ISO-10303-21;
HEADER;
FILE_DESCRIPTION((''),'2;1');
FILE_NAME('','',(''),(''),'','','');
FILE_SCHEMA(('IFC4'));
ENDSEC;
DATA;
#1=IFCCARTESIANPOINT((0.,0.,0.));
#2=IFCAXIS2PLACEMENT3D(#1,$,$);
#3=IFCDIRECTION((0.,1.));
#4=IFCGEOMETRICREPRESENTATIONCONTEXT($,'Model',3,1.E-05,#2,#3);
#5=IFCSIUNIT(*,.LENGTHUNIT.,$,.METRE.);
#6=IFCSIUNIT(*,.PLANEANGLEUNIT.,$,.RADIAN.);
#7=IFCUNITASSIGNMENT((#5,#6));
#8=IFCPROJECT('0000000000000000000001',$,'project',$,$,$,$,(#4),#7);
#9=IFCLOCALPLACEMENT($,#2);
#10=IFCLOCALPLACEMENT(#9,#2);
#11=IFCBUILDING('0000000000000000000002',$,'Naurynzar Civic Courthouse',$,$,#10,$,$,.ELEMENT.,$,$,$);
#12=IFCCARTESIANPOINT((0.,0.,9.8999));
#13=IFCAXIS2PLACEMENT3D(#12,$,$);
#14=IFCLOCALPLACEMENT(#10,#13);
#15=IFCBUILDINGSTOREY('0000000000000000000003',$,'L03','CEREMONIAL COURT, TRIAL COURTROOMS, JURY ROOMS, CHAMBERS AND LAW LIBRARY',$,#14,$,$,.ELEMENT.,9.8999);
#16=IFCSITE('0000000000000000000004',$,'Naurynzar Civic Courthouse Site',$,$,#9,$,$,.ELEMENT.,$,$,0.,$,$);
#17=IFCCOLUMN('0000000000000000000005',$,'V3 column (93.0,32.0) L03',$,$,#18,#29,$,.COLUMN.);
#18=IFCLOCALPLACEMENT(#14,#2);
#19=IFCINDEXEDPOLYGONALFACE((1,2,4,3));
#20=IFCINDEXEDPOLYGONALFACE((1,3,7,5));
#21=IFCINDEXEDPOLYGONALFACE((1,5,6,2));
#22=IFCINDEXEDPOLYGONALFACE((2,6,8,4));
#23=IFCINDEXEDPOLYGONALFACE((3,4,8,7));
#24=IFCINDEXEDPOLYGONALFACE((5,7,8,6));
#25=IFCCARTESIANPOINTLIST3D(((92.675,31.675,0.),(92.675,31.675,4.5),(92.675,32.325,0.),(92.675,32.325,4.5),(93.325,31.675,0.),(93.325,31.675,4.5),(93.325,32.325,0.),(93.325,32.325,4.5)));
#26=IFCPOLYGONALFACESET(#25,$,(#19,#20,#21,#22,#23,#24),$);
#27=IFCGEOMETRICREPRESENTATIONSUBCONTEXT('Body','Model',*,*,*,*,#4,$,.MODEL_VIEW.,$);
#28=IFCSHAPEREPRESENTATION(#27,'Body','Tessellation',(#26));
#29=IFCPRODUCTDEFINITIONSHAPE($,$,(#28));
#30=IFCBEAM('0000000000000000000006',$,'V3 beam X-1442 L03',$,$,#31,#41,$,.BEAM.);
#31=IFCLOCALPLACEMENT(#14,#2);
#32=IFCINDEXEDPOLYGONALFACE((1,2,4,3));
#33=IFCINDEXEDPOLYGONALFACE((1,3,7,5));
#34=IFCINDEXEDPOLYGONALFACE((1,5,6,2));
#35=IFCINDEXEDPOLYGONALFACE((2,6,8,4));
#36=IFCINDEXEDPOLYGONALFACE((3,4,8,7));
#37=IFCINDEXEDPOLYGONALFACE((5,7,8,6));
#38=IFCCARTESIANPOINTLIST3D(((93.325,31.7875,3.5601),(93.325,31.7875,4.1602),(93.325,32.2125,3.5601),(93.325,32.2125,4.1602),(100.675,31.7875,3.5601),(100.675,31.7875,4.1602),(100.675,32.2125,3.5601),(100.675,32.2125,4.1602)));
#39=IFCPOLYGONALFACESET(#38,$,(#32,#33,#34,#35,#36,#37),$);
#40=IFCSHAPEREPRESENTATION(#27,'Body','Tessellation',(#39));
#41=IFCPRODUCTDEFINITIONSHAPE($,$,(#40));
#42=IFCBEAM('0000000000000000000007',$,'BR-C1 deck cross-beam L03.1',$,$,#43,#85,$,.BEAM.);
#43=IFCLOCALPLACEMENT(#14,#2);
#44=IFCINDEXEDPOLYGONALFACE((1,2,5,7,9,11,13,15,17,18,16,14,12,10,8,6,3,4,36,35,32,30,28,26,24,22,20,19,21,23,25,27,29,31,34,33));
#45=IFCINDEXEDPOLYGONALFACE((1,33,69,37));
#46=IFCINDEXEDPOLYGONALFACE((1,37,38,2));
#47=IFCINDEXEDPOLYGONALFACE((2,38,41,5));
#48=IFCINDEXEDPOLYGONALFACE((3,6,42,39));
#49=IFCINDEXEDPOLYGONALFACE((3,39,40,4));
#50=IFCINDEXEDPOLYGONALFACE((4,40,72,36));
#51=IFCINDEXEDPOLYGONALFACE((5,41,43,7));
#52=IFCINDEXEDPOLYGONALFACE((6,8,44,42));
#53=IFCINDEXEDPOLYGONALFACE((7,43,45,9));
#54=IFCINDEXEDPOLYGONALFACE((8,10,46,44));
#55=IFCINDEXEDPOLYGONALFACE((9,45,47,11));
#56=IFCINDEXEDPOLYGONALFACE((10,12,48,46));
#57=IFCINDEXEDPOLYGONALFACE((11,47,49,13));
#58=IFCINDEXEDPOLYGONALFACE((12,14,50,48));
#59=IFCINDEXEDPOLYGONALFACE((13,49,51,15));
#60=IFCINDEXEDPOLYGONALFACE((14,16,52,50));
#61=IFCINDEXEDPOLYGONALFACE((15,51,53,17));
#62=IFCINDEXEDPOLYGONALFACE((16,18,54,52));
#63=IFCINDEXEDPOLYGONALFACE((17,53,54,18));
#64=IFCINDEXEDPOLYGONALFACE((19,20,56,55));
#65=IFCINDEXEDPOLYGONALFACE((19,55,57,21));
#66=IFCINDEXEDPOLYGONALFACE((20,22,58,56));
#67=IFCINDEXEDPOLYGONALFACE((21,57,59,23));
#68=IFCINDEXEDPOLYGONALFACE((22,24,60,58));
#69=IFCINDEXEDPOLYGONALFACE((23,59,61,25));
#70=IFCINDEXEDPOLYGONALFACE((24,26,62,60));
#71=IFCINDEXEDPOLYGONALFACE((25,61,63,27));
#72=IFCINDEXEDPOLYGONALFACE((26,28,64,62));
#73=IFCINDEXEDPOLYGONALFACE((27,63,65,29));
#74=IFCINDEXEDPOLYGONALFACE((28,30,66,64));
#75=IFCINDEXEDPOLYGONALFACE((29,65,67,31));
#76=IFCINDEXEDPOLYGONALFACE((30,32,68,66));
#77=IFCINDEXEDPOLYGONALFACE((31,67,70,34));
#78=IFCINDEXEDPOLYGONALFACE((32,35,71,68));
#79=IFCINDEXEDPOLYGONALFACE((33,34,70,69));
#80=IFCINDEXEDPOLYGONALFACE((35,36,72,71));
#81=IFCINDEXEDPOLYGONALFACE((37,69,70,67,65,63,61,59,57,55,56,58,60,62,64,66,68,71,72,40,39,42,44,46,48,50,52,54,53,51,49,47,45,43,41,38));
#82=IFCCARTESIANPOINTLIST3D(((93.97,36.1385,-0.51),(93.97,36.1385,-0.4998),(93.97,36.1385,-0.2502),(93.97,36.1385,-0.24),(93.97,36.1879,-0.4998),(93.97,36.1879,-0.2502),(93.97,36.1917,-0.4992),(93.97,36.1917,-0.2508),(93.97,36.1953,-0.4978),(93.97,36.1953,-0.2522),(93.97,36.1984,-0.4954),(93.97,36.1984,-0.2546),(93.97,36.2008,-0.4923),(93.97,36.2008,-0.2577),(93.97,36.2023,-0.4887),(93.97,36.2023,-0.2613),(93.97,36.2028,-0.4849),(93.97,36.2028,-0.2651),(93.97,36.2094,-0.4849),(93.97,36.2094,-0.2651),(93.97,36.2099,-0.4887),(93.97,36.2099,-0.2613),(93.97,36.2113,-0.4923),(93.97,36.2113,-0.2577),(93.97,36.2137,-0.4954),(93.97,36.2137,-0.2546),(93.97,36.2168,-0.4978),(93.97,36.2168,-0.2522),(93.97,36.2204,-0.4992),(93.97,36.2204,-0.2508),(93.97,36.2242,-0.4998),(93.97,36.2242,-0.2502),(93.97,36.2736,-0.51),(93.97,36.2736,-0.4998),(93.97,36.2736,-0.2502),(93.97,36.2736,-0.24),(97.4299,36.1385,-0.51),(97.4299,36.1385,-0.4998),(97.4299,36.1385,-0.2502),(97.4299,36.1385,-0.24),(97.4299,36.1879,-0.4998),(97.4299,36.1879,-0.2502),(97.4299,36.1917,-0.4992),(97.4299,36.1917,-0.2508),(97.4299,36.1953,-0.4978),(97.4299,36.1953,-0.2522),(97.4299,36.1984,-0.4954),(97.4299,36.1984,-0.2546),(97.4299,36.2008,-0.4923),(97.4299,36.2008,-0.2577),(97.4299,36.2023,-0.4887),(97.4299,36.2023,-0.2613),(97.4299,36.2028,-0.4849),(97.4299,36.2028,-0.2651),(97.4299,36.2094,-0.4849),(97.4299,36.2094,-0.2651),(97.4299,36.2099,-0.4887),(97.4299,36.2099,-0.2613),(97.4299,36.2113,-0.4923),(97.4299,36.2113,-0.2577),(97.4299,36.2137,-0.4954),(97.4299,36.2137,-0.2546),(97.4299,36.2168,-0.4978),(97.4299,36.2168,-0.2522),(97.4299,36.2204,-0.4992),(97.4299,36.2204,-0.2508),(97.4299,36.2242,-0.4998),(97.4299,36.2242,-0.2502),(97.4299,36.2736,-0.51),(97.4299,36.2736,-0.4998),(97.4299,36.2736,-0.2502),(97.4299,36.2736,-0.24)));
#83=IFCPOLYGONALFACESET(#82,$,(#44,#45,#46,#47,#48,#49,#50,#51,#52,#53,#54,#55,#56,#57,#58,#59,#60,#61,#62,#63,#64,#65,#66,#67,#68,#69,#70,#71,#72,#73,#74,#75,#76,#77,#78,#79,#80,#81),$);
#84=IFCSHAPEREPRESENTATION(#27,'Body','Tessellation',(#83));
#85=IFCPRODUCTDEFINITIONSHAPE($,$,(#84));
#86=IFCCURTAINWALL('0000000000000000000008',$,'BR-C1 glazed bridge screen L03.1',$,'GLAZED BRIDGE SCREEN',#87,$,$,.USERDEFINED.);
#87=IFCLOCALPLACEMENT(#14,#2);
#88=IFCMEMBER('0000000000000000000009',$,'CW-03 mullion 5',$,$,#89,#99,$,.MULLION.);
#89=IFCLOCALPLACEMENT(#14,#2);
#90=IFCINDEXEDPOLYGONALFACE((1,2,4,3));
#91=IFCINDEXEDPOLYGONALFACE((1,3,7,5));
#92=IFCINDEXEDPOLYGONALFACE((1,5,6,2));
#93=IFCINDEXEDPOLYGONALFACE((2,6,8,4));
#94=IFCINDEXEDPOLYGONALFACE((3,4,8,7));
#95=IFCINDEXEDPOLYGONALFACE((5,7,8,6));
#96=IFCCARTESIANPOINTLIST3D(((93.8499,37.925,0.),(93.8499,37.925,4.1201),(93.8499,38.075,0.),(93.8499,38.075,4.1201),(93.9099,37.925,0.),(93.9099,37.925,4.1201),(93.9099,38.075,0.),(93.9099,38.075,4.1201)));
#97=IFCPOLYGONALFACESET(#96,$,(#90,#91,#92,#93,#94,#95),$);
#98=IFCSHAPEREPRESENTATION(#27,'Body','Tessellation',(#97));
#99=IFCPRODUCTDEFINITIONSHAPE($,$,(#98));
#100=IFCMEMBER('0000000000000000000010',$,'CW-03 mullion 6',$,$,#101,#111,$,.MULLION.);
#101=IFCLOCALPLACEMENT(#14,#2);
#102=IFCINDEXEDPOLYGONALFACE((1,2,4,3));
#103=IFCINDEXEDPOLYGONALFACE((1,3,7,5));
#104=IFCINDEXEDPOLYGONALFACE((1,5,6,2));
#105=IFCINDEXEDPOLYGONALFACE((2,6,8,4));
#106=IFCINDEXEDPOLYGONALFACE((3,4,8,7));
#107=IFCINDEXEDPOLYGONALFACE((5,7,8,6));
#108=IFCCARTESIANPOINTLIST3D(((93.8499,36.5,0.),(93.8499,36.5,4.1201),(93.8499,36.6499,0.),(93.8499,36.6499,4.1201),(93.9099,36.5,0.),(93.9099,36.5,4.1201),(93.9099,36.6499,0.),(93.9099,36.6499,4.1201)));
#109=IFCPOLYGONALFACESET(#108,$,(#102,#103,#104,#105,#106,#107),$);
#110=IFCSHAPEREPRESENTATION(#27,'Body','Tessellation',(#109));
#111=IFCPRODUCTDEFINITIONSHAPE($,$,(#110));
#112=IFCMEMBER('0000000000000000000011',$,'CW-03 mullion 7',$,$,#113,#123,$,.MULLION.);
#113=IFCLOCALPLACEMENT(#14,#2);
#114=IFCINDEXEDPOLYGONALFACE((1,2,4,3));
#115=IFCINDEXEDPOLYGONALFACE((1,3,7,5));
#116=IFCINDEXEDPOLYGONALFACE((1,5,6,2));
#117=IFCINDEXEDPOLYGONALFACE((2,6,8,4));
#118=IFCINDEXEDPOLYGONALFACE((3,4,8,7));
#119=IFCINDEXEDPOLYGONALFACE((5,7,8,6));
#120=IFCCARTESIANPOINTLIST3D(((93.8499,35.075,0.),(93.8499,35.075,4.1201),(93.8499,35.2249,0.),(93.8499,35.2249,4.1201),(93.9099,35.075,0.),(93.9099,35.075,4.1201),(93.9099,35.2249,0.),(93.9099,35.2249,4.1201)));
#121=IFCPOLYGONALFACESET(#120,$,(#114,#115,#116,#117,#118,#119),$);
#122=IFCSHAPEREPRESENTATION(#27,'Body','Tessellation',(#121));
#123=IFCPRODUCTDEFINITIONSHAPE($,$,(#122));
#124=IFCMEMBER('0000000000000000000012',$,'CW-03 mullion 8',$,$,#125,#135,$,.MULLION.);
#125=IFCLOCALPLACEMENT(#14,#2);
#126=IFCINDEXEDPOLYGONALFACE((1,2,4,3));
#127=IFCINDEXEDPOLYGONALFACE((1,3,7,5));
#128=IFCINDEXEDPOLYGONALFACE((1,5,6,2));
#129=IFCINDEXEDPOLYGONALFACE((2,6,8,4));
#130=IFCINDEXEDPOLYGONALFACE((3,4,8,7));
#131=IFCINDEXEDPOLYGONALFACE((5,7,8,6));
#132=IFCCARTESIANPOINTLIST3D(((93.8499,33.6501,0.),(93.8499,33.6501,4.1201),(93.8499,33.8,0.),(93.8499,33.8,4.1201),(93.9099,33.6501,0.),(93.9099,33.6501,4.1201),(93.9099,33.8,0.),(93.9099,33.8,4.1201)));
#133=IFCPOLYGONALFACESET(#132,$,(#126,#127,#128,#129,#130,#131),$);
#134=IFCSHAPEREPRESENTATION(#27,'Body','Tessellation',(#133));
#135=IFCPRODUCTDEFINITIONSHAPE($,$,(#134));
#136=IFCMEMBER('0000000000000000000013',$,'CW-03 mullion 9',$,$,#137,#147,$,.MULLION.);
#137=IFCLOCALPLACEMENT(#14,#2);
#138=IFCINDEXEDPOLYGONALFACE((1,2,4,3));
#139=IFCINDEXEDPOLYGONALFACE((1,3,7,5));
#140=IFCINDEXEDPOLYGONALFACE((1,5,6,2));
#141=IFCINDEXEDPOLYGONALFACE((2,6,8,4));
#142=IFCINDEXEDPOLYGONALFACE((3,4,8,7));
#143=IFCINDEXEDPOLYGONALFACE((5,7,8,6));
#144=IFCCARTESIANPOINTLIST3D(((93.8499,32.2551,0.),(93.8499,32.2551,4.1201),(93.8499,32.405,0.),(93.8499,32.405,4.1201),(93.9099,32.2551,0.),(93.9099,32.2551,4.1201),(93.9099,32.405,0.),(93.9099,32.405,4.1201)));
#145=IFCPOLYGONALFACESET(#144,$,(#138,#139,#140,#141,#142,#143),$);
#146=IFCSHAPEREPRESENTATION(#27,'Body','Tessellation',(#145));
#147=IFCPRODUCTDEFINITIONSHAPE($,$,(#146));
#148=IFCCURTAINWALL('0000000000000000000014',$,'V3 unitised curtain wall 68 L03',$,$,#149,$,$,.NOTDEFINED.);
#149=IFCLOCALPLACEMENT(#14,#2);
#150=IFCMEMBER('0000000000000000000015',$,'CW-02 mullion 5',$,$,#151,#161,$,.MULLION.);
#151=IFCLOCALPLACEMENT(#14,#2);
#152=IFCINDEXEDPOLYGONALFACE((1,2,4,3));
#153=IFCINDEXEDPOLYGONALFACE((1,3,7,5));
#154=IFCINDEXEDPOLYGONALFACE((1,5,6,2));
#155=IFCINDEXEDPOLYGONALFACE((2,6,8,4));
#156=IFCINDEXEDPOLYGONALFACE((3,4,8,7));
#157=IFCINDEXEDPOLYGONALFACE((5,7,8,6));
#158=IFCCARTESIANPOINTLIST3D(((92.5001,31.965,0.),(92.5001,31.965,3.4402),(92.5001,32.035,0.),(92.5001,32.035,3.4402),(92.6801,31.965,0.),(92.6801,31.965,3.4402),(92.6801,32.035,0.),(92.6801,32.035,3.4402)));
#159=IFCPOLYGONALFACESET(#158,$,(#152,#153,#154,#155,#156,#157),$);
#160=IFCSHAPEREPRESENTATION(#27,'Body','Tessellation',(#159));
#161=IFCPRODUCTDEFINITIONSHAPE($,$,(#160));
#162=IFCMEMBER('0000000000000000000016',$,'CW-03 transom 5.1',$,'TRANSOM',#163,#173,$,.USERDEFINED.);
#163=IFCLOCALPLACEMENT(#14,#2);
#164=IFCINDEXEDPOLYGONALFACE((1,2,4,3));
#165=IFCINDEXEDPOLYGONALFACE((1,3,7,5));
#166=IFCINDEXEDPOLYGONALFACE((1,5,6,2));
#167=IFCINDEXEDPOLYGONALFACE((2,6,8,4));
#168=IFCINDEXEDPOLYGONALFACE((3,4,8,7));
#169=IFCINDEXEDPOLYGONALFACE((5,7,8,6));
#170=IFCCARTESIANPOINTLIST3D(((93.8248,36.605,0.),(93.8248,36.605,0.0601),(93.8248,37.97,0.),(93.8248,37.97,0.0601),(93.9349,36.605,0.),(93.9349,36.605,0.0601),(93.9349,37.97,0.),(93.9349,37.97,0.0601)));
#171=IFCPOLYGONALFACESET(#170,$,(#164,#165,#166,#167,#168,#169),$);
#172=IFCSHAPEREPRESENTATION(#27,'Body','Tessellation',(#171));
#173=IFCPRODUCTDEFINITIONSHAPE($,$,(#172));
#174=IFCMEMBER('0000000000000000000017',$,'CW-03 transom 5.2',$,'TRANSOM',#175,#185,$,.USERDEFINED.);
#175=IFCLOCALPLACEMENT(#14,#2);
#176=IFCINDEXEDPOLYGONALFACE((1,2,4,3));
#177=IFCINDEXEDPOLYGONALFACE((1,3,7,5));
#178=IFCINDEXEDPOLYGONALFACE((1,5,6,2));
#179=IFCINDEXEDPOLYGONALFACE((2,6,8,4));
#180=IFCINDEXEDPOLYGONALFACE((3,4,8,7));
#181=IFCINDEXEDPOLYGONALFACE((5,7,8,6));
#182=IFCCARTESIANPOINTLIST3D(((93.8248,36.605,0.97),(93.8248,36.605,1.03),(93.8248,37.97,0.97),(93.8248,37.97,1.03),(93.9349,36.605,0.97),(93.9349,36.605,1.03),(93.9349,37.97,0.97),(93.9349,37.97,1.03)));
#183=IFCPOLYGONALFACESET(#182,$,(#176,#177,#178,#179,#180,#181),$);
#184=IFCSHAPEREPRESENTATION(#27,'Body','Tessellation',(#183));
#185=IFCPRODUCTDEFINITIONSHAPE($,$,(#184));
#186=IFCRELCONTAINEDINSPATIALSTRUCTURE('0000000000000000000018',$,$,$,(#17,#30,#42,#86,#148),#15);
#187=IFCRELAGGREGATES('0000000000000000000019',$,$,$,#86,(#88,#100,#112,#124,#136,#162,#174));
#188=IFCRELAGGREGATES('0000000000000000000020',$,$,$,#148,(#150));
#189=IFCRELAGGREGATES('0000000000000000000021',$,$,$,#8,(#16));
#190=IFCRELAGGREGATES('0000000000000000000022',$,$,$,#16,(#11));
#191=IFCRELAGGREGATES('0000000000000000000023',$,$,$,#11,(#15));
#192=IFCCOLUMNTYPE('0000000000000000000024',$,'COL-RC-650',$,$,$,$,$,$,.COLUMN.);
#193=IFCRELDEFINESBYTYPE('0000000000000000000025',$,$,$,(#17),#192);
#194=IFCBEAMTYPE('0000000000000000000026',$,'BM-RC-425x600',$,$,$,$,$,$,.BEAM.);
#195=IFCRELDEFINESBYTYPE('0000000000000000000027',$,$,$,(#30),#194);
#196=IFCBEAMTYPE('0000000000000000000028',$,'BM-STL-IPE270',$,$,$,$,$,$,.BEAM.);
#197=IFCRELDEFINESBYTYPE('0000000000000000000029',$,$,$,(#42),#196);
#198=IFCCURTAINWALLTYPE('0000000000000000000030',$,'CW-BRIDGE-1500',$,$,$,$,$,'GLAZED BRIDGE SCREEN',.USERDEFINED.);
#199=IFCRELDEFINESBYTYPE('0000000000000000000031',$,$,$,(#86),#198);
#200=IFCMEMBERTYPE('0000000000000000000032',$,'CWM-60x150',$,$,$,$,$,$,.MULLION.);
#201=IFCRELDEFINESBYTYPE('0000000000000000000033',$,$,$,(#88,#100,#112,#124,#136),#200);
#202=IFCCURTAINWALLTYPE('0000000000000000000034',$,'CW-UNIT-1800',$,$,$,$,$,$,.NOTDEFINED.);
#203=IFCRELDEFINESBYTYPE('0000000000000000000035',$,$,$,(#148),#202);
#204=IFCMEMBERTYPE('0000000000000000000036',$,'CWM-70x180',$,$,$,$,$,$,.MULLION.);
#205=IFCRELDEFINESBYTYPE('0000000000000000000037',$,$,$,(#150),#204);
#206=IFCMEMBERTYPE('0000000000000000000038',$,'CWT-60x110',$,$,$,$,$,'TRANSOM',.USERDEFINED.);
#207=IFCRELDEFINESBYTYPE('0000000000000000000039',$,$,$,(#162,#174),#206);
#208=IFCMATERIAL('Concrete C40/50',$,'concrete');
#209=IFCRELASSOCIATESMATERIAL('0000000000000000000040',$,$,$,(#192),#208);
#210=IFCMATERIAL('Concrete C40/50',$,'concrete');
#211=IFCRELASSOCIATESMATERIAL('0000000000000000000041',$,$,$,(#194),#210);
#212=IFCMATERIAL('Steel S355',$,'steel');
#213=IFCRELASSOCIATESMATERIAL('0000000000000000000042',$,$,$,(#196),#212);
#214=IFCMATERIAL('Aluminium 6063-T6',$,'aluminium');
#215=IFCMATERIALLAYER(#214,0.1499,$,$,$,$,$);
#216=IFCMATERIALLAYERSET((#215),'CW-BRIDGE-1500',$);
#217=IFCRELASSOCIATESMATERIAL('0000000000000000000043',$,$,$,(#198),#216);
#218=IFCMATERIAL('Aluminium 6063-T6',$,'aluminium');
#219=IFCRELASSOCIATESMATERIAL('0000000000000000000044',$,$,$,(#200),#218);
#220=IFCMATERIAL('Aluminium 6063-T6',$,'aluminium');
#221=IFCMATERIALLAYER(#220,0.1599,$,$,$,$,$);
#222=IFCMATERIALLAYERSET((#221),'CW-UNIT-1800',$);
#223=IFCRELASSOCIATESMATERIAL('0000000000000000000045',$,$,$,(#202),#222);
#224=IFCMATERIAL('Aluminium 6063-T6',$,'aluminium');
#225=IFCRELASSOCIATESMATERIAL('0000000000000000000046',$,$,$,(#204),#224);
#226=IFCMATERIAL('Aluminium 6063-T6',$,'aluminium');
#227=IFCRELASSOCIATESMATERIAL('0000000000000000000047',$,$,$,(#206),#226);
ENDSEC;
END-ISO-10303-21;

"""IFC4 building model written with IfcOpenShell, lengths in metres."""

from ifc_helpers import new_model, si_unit, direction, frame, origin, origin_2d, place, context, subcontext, project, spatial, rectangle, i_section, extrude, material, layer, layer_set, material_profile, profile_set, type_object, element, aggregate, save


model = new_model("IFC4")

# Units and contexts
model_context = context("Model", 3, precision=1e-05, world=origin(), true_north=direction((0.0, 1.0)))
body_context = subcontext(model_context, "Body", "Model", "MODEL_VIEW")
ifc_project = project(units=[si_unit("LENGTHUNIT", "METRE"), si_unit("PLANEANGLEUNIT", "RADIAN")], contexts=[model_context])

# Site, building, storey
site_placement = place(None, origin())
site = spatial("IfcSite", under=ifc_project, at=site_placement, Name="Naurynzar Civic Courthouse Site", CompositionType="ELEMENT", RefElevation=0.0)
building_placement = place(site_placement, origin())
building = spatial("IfcBuilding", under=site, at=building_placement, Name="Naurynzar Civic Courthouse", CompositionType="ELEMENT")
storey_placement = place(building_placement, frame((0.0, 0.0, 9.8999)))
storey = spatial("IfcBuildingStorey", under=building, at=storey_placement, Name="L03", Description="CEREMONIAL COURT, TRIAL COURTROOMS, JURY ROOMS, CHAMBERS AND LAW LIBRARY", CompositionType="ELEMENT", Elevation=9.8999)

# Column
ifc_material_1 = material(Name="Concrete C40/50", Category="concrete")
ifc_material_profile_1 = material_profile(ifc_material_1, rectangle(XDim=0.6499, YDim=0.6499, at=origin_2d()), Name="RC 650x650")
ifc_profile_set_1 = profile_set([ifc_material_profile_1], Name="Concrete C40/50")
column_type = type_object("IfcColumnType", Name="COL-RC-650", PredefinedType="COLUMN", material=ifc_profile_set_1)
column_placement = place(storey_placement, frame((93.0, 32.0, 0.0), z_axis=(0.0, 0.0, 1.0), x_axis=(1.0, 0.0, 0.0)))
element("IfcColumn", 1, at=column_placement, inside=storey, type_object=column_type, Name="V3 column (93.0,32.0) L03", PredefinedType="COLUMN", context=body_context, shape_type="SweptSolid", body=[
    extrude(rectangle(XDim=0.6499, YDim=0.6499, at=origin_2d()), origin(), (0.0, 0.0, 1.0), 4.5),
])

# Beams
ifc_material_2 = material(Name="Concrete C40/50", Category="concrete")
ifc_material_profile_2 = material_profile(ifc_material_2, rectangle(XDim=0.425, YDim=0.6001, at=origin_2d()), Name="RCB 425x600")
ifc_profile_set_2 = profile_set([ifc_material_profile_2], Name="Concrete C40/50")
beam_type_1 = type_object("IfcBeamType", Name="BM-RC-425x600", PredefinedType="BEAM", material=ifc_profile_set_2)
beam_1_placement = place(storey_placement, frame((93.325, 32.0, 3.8601), z_axis=(1.0, 0.0, 0.0), x_axis=(0.0, 1.0, 0.0)))
element("IfcBeam", 2, at=beam_1_placement, inside=storey, type_object=beam_type_1, Name="V3 beam X-1442 L03", PredefinedType="BEAM", context=body_context, shape_type="SweptSolid", body=[
    extrude(rectangle(XDim=0.425, YDim=0.6001, at=origin_2d()), origin(), (0.0, 0.0, 1.0), 7.3501),
])
ifc_material_3 = material(Name="Steel S355", Category="steel")
ifc_material_profile_3 = material_profile(ifc_material_3, i_section(OverallWidth=0.135, OverallDepth=0.27, WebThickness=0.0066, FlangeThickness=0.0103, FilletRadius=0.0149, at=origin_2d()), Name="IPE 270")
ifc_profile_set_3 = profile_set([ifc_material_profile_3], Name="Steel S355")
beam_type_2 = type_object("IfcBeamType", Name="BM-STL-IPE270", PredefinedType="BEAM", material=ifc_profile_set_3)
beam_2_placement = place(storey_placement, frame((93.97, 36.2061, -0.375), z_axis=(1.0, 0.0, 0.0), x_axis=(0.0, 1.0, 0.0)))
element("IfcBeam", 3, at=beam_2_placement, inside=storey, type_object=beam_type_2, Name="BR-C1 deck cross-beam L03.1", PredefinedType="BEAM", context=body_context, shape_type="SweptSolid", body=[
    extrude(i_section(OverallWidth=0.135, OverallDepth=0.27, WebThickness=0.0066, FlangeThickness=0.0103, FilletRadius=0.0149, at=origin_2d()), origin(), (0.0, 0.0, 1.0), 3.46),
])

# Curtain wall, members
ifc_material_4 = material(Name="Aluminium 6063-T6", Category="aluminium")
ifc_layer_1 = layer(ifc_material_4, 0.1499)
ifc_layer_set_1 = layer_set([ifc_layer_1], Name="CW-BRIDGE-1500")
curtain_wall_type_1 = type_object("IfcCurtainWallType", Name="CW-BRIDGE-1500", ElementType="GLAZED BRIDGE SCREEN", PredefinedType="USERDEFINED", material=ifc_layer_set_1)
curtain_wall_1_placement = place(storey_placement, origin())
curtain_wall_1 = element("IfcCurtainWall", 4, at=curtain_wall_1_placement, inside=storey, type_object=curtain_wall_type_1, Name="BR-C1 glazed bridge screen L03.1", ObjectType="GLAZED BRIDGE SCREEN", PredefinedType="USERDEFINED")
ifc_material_5 = material(Name="Aluminium 6063-T6", Category="aluminium")
ifc_material_profile_4 = material_profile(ifc_material_5, rectangle(XDim=0.0601, YDim=0.1499, at=origin_2d()), Name="ALU MULLION 60x150")
ifc_profile_set_4 = profile_set([ifc_material_profile_4], Name="Aluminium 6063-T6")
member_type_1 = type_object("IfcMemberType", Name="CWM-60x150", PredefinedType="MULLION", material=ifc_profile_set_4)
member_1_placement = place(storey_placement, frame((93.8799, 38.0, 0.0), z_axis=(0.0, 0.0, 1.0), x_axis=(1.0, 0.0, 0.0)))
member_1 = element("IfcMember", 5, at=member_1_placement, type_object=member_type_1, Name="CW-03 mullion 5", PredefinedType="MULLION", context=body_context, shape_type="SweptSolid", body=[
    extrude(rectangle(XDim=0.0601, YDim=0.1499, at=origin_2d()), origin(), (0.0, 0.0, 1.0), 4.1201),
])
member_2_placement = place(storey_placement, frame((93.8799, 36.575, 0.0), z_axis=(0.0, 0.0, 1.0), x_axis=(1.0, 0.0, 0.0)))
member_2 = element("IfcMember", 6, at=member_2_placement, type_object=member_type_1, Name="CW-03 mullion 6", PredefinedType="MULLION", context=body_context, shape_type="SweptSolid", body=[
    extrude(rectangle(XDim=0.0601, YDim=0.1499, at=origin_2d()), origin(), (0.0, 0.0, 1.0), 4.1201),
])
member_3_placement = place(storey_placement, frame((93.8799, 35.1499, 0.0), z_axis=(0.0, 0.0, 1.0), x_axis=(1.0, 0.0, 0.0)))
member_3 = element("IfcMember", 7, at=member_3_placement, type_object=member_type_1, Name="CW-03 mullion 7", PredefinedType="MULLION", context=body_context, shape_type="SweptSolid", body=[
    extrude(rectangle(XDim=0.0601, YDim=0.1499, at=origin_2d()), origin(), (0.0, 0.0, 1.0), 4.1201),
])
member_4_placement = place(storey_placement, frame((93.8799, 33.7251, 0.0), z_axis=(0.0, 0.0, 1.0), x_axis=(1.0, 0.0, 0.0)))
member_4 = element("IfcMember", 8, at=member_4_placement, type_object=member_type_1, Name="CW-03 mullion 8", PredefinedType="MULLION", context=body_context, shape_type="SweptSolid", body=[
    extrude(rectangle(XDim=0.0601, YDim=0.1499, at=origin_2d()), origin(), (0.0, 0.0, 1.0), 4.1201),
])
member_5_placement = place(storey_placement, frame((93.8799, 32.3301, 0.0), z_axis=(0.0, 0.0, 1.0), x_axis=(1.0, 0.0, 0.0)))
member_5 = element("IfcMember", 9, at=member_5_placement, type_object=member_type_1, Name="CW-03 mullion 9", PredefinedType="MULLION", context=body_context, shape_type="SweptSolid", body=[
    extrude(rectangle(XDim=0.0601, YDim=0.1499, at=origin_2d()), origin(), (0.0, 0.0, 1.0), 4.1201),
])

# Curtain wall, member
ifc_material_6 = material(Name="Aluminium 6063-T6", Category="aluminium")
ifc_layer_2 = layer(ifc_material_6, 0.1599)
ifc_layer_set_2 = layer_set([ifc_layer_2], Name="CW-UNIT-1800")
curtain_wall_type_2 = type_object("IfcCurtainWallType", Name="CW-UNIT-1800", PredefinedType="NOTDEFINED", material=ifc_layer_set_2)
curtain_wall_2_placement = place(storey_placement, origin())
curtain_wall_2 = element("IfcCurtainWall", 10, at=curtain_wall_2_placement, inside=storey, type_object=curtain_wall_type_2, Name="V3 unitised curtain wall 68 L03", PredefinedType="NOTDEFINED")
ifc_material_7 = material(Name="Aluminium 6063-T6", Category="aluminium")
ifc_material_profile_5 = material_profile(ifc_material_7, rectangle(XDim=0.0701, YDim=0.1799, at=origin_2d()), Name="ALU MULLION 70x180")
ifc_profile_set_5 = profile_set([ifc_material_profile_5], Name="Aluminium 6063-T6")
member_type_2 = type_object("IfcMemberType", Name="CWM-70x180", PredefinedType="MULLION", material=ifc_profile_set_5)
member_6_placement = place(storey_placement, frame((92.5901, 32.0, 0.0), z_axis=(0.0, 0.0, 1.0), x_axis=(0.0, 1.0, 0.0)))
member_6 = element("IfcMember", 11, at=member_6_placement, type_object=member_type_2, Name="CW-02 mullion 5", PredefinedType="MULLION", context=body_context, shape_type="SweptSolid", body=[
    extrude(rectangle(XDim=0.0701, YDim=0.1799, at=origin_2d()), origin(), (0.0, 0.0, 1.0), 3.4402),
])

# Members
ifc_material_8 = material(Name="Aluminium 6063-T6", Category="aluminium")
ifc_material_profile_6 = material_profile(ifc_material_8, rectangle(XDim=0.1101, YDim=0.0601, at=origin_2d()), Name="ALU TRANSOM 60x110")
ifc_profile_set_6 = profile_set([ifc_material_profile_6], Name="Aluminium 6063-T6")
member_type_3 = type_object("IfcMemberType", Name="CWT-60x110", ElementType="TRANSOM", PredefinedType="USERDEFINED", material=ifc_profile_set_6)
member_7_placement = place(storey_placement, frame((93.8799, 37.97, 0.03), z_axis=(0.0, -1.0, 0.0), x_axis=(1.0, 0.0, 0.0)))
member_7 = element("IfcMember", 12, at=member_7_placement, type_object=member_type_3, Name="CW-03 transom 5.1", ObjectType="TRANSOM", PredefinedType="USERDEFINED", context=body_context, shape_type="SweptSolid", body=[
    extrude(rectangle(XDim=0.1101, YDim=0.0601, at=origin_2d()), origin(), (0.0, 0.0, 1.0), 1.365),
])
member_8_placement = place(storey_placement, frame((93.8799, 37.97, 1.0), z_axis=(0.0, -1.0, 0.0), x_axis=(1.0, 0.0, 0.0)))
member_8 = element("IfcMember", 13, at=member_8_placement, type_object=member_type_3, Name="CW-03 transom 5.2", ObjectType="TRANSOM", PredefinedType="USERDEFINED", context=body_context, shape_type="SweptSolid", body=[
    extrude(rectangle(XDim=0.1101, YDim=0.0601, at=origin_2d()), origin(), (0.0, 0.0, 1.0), 1.365),
])

aggregate(curtain_wall_1, [member_1, member_2, member_3, member_4, member_5, member_7, member_8])
aggregate(curtain_wall_2, [member_6])

save(model, "model.ifc")
